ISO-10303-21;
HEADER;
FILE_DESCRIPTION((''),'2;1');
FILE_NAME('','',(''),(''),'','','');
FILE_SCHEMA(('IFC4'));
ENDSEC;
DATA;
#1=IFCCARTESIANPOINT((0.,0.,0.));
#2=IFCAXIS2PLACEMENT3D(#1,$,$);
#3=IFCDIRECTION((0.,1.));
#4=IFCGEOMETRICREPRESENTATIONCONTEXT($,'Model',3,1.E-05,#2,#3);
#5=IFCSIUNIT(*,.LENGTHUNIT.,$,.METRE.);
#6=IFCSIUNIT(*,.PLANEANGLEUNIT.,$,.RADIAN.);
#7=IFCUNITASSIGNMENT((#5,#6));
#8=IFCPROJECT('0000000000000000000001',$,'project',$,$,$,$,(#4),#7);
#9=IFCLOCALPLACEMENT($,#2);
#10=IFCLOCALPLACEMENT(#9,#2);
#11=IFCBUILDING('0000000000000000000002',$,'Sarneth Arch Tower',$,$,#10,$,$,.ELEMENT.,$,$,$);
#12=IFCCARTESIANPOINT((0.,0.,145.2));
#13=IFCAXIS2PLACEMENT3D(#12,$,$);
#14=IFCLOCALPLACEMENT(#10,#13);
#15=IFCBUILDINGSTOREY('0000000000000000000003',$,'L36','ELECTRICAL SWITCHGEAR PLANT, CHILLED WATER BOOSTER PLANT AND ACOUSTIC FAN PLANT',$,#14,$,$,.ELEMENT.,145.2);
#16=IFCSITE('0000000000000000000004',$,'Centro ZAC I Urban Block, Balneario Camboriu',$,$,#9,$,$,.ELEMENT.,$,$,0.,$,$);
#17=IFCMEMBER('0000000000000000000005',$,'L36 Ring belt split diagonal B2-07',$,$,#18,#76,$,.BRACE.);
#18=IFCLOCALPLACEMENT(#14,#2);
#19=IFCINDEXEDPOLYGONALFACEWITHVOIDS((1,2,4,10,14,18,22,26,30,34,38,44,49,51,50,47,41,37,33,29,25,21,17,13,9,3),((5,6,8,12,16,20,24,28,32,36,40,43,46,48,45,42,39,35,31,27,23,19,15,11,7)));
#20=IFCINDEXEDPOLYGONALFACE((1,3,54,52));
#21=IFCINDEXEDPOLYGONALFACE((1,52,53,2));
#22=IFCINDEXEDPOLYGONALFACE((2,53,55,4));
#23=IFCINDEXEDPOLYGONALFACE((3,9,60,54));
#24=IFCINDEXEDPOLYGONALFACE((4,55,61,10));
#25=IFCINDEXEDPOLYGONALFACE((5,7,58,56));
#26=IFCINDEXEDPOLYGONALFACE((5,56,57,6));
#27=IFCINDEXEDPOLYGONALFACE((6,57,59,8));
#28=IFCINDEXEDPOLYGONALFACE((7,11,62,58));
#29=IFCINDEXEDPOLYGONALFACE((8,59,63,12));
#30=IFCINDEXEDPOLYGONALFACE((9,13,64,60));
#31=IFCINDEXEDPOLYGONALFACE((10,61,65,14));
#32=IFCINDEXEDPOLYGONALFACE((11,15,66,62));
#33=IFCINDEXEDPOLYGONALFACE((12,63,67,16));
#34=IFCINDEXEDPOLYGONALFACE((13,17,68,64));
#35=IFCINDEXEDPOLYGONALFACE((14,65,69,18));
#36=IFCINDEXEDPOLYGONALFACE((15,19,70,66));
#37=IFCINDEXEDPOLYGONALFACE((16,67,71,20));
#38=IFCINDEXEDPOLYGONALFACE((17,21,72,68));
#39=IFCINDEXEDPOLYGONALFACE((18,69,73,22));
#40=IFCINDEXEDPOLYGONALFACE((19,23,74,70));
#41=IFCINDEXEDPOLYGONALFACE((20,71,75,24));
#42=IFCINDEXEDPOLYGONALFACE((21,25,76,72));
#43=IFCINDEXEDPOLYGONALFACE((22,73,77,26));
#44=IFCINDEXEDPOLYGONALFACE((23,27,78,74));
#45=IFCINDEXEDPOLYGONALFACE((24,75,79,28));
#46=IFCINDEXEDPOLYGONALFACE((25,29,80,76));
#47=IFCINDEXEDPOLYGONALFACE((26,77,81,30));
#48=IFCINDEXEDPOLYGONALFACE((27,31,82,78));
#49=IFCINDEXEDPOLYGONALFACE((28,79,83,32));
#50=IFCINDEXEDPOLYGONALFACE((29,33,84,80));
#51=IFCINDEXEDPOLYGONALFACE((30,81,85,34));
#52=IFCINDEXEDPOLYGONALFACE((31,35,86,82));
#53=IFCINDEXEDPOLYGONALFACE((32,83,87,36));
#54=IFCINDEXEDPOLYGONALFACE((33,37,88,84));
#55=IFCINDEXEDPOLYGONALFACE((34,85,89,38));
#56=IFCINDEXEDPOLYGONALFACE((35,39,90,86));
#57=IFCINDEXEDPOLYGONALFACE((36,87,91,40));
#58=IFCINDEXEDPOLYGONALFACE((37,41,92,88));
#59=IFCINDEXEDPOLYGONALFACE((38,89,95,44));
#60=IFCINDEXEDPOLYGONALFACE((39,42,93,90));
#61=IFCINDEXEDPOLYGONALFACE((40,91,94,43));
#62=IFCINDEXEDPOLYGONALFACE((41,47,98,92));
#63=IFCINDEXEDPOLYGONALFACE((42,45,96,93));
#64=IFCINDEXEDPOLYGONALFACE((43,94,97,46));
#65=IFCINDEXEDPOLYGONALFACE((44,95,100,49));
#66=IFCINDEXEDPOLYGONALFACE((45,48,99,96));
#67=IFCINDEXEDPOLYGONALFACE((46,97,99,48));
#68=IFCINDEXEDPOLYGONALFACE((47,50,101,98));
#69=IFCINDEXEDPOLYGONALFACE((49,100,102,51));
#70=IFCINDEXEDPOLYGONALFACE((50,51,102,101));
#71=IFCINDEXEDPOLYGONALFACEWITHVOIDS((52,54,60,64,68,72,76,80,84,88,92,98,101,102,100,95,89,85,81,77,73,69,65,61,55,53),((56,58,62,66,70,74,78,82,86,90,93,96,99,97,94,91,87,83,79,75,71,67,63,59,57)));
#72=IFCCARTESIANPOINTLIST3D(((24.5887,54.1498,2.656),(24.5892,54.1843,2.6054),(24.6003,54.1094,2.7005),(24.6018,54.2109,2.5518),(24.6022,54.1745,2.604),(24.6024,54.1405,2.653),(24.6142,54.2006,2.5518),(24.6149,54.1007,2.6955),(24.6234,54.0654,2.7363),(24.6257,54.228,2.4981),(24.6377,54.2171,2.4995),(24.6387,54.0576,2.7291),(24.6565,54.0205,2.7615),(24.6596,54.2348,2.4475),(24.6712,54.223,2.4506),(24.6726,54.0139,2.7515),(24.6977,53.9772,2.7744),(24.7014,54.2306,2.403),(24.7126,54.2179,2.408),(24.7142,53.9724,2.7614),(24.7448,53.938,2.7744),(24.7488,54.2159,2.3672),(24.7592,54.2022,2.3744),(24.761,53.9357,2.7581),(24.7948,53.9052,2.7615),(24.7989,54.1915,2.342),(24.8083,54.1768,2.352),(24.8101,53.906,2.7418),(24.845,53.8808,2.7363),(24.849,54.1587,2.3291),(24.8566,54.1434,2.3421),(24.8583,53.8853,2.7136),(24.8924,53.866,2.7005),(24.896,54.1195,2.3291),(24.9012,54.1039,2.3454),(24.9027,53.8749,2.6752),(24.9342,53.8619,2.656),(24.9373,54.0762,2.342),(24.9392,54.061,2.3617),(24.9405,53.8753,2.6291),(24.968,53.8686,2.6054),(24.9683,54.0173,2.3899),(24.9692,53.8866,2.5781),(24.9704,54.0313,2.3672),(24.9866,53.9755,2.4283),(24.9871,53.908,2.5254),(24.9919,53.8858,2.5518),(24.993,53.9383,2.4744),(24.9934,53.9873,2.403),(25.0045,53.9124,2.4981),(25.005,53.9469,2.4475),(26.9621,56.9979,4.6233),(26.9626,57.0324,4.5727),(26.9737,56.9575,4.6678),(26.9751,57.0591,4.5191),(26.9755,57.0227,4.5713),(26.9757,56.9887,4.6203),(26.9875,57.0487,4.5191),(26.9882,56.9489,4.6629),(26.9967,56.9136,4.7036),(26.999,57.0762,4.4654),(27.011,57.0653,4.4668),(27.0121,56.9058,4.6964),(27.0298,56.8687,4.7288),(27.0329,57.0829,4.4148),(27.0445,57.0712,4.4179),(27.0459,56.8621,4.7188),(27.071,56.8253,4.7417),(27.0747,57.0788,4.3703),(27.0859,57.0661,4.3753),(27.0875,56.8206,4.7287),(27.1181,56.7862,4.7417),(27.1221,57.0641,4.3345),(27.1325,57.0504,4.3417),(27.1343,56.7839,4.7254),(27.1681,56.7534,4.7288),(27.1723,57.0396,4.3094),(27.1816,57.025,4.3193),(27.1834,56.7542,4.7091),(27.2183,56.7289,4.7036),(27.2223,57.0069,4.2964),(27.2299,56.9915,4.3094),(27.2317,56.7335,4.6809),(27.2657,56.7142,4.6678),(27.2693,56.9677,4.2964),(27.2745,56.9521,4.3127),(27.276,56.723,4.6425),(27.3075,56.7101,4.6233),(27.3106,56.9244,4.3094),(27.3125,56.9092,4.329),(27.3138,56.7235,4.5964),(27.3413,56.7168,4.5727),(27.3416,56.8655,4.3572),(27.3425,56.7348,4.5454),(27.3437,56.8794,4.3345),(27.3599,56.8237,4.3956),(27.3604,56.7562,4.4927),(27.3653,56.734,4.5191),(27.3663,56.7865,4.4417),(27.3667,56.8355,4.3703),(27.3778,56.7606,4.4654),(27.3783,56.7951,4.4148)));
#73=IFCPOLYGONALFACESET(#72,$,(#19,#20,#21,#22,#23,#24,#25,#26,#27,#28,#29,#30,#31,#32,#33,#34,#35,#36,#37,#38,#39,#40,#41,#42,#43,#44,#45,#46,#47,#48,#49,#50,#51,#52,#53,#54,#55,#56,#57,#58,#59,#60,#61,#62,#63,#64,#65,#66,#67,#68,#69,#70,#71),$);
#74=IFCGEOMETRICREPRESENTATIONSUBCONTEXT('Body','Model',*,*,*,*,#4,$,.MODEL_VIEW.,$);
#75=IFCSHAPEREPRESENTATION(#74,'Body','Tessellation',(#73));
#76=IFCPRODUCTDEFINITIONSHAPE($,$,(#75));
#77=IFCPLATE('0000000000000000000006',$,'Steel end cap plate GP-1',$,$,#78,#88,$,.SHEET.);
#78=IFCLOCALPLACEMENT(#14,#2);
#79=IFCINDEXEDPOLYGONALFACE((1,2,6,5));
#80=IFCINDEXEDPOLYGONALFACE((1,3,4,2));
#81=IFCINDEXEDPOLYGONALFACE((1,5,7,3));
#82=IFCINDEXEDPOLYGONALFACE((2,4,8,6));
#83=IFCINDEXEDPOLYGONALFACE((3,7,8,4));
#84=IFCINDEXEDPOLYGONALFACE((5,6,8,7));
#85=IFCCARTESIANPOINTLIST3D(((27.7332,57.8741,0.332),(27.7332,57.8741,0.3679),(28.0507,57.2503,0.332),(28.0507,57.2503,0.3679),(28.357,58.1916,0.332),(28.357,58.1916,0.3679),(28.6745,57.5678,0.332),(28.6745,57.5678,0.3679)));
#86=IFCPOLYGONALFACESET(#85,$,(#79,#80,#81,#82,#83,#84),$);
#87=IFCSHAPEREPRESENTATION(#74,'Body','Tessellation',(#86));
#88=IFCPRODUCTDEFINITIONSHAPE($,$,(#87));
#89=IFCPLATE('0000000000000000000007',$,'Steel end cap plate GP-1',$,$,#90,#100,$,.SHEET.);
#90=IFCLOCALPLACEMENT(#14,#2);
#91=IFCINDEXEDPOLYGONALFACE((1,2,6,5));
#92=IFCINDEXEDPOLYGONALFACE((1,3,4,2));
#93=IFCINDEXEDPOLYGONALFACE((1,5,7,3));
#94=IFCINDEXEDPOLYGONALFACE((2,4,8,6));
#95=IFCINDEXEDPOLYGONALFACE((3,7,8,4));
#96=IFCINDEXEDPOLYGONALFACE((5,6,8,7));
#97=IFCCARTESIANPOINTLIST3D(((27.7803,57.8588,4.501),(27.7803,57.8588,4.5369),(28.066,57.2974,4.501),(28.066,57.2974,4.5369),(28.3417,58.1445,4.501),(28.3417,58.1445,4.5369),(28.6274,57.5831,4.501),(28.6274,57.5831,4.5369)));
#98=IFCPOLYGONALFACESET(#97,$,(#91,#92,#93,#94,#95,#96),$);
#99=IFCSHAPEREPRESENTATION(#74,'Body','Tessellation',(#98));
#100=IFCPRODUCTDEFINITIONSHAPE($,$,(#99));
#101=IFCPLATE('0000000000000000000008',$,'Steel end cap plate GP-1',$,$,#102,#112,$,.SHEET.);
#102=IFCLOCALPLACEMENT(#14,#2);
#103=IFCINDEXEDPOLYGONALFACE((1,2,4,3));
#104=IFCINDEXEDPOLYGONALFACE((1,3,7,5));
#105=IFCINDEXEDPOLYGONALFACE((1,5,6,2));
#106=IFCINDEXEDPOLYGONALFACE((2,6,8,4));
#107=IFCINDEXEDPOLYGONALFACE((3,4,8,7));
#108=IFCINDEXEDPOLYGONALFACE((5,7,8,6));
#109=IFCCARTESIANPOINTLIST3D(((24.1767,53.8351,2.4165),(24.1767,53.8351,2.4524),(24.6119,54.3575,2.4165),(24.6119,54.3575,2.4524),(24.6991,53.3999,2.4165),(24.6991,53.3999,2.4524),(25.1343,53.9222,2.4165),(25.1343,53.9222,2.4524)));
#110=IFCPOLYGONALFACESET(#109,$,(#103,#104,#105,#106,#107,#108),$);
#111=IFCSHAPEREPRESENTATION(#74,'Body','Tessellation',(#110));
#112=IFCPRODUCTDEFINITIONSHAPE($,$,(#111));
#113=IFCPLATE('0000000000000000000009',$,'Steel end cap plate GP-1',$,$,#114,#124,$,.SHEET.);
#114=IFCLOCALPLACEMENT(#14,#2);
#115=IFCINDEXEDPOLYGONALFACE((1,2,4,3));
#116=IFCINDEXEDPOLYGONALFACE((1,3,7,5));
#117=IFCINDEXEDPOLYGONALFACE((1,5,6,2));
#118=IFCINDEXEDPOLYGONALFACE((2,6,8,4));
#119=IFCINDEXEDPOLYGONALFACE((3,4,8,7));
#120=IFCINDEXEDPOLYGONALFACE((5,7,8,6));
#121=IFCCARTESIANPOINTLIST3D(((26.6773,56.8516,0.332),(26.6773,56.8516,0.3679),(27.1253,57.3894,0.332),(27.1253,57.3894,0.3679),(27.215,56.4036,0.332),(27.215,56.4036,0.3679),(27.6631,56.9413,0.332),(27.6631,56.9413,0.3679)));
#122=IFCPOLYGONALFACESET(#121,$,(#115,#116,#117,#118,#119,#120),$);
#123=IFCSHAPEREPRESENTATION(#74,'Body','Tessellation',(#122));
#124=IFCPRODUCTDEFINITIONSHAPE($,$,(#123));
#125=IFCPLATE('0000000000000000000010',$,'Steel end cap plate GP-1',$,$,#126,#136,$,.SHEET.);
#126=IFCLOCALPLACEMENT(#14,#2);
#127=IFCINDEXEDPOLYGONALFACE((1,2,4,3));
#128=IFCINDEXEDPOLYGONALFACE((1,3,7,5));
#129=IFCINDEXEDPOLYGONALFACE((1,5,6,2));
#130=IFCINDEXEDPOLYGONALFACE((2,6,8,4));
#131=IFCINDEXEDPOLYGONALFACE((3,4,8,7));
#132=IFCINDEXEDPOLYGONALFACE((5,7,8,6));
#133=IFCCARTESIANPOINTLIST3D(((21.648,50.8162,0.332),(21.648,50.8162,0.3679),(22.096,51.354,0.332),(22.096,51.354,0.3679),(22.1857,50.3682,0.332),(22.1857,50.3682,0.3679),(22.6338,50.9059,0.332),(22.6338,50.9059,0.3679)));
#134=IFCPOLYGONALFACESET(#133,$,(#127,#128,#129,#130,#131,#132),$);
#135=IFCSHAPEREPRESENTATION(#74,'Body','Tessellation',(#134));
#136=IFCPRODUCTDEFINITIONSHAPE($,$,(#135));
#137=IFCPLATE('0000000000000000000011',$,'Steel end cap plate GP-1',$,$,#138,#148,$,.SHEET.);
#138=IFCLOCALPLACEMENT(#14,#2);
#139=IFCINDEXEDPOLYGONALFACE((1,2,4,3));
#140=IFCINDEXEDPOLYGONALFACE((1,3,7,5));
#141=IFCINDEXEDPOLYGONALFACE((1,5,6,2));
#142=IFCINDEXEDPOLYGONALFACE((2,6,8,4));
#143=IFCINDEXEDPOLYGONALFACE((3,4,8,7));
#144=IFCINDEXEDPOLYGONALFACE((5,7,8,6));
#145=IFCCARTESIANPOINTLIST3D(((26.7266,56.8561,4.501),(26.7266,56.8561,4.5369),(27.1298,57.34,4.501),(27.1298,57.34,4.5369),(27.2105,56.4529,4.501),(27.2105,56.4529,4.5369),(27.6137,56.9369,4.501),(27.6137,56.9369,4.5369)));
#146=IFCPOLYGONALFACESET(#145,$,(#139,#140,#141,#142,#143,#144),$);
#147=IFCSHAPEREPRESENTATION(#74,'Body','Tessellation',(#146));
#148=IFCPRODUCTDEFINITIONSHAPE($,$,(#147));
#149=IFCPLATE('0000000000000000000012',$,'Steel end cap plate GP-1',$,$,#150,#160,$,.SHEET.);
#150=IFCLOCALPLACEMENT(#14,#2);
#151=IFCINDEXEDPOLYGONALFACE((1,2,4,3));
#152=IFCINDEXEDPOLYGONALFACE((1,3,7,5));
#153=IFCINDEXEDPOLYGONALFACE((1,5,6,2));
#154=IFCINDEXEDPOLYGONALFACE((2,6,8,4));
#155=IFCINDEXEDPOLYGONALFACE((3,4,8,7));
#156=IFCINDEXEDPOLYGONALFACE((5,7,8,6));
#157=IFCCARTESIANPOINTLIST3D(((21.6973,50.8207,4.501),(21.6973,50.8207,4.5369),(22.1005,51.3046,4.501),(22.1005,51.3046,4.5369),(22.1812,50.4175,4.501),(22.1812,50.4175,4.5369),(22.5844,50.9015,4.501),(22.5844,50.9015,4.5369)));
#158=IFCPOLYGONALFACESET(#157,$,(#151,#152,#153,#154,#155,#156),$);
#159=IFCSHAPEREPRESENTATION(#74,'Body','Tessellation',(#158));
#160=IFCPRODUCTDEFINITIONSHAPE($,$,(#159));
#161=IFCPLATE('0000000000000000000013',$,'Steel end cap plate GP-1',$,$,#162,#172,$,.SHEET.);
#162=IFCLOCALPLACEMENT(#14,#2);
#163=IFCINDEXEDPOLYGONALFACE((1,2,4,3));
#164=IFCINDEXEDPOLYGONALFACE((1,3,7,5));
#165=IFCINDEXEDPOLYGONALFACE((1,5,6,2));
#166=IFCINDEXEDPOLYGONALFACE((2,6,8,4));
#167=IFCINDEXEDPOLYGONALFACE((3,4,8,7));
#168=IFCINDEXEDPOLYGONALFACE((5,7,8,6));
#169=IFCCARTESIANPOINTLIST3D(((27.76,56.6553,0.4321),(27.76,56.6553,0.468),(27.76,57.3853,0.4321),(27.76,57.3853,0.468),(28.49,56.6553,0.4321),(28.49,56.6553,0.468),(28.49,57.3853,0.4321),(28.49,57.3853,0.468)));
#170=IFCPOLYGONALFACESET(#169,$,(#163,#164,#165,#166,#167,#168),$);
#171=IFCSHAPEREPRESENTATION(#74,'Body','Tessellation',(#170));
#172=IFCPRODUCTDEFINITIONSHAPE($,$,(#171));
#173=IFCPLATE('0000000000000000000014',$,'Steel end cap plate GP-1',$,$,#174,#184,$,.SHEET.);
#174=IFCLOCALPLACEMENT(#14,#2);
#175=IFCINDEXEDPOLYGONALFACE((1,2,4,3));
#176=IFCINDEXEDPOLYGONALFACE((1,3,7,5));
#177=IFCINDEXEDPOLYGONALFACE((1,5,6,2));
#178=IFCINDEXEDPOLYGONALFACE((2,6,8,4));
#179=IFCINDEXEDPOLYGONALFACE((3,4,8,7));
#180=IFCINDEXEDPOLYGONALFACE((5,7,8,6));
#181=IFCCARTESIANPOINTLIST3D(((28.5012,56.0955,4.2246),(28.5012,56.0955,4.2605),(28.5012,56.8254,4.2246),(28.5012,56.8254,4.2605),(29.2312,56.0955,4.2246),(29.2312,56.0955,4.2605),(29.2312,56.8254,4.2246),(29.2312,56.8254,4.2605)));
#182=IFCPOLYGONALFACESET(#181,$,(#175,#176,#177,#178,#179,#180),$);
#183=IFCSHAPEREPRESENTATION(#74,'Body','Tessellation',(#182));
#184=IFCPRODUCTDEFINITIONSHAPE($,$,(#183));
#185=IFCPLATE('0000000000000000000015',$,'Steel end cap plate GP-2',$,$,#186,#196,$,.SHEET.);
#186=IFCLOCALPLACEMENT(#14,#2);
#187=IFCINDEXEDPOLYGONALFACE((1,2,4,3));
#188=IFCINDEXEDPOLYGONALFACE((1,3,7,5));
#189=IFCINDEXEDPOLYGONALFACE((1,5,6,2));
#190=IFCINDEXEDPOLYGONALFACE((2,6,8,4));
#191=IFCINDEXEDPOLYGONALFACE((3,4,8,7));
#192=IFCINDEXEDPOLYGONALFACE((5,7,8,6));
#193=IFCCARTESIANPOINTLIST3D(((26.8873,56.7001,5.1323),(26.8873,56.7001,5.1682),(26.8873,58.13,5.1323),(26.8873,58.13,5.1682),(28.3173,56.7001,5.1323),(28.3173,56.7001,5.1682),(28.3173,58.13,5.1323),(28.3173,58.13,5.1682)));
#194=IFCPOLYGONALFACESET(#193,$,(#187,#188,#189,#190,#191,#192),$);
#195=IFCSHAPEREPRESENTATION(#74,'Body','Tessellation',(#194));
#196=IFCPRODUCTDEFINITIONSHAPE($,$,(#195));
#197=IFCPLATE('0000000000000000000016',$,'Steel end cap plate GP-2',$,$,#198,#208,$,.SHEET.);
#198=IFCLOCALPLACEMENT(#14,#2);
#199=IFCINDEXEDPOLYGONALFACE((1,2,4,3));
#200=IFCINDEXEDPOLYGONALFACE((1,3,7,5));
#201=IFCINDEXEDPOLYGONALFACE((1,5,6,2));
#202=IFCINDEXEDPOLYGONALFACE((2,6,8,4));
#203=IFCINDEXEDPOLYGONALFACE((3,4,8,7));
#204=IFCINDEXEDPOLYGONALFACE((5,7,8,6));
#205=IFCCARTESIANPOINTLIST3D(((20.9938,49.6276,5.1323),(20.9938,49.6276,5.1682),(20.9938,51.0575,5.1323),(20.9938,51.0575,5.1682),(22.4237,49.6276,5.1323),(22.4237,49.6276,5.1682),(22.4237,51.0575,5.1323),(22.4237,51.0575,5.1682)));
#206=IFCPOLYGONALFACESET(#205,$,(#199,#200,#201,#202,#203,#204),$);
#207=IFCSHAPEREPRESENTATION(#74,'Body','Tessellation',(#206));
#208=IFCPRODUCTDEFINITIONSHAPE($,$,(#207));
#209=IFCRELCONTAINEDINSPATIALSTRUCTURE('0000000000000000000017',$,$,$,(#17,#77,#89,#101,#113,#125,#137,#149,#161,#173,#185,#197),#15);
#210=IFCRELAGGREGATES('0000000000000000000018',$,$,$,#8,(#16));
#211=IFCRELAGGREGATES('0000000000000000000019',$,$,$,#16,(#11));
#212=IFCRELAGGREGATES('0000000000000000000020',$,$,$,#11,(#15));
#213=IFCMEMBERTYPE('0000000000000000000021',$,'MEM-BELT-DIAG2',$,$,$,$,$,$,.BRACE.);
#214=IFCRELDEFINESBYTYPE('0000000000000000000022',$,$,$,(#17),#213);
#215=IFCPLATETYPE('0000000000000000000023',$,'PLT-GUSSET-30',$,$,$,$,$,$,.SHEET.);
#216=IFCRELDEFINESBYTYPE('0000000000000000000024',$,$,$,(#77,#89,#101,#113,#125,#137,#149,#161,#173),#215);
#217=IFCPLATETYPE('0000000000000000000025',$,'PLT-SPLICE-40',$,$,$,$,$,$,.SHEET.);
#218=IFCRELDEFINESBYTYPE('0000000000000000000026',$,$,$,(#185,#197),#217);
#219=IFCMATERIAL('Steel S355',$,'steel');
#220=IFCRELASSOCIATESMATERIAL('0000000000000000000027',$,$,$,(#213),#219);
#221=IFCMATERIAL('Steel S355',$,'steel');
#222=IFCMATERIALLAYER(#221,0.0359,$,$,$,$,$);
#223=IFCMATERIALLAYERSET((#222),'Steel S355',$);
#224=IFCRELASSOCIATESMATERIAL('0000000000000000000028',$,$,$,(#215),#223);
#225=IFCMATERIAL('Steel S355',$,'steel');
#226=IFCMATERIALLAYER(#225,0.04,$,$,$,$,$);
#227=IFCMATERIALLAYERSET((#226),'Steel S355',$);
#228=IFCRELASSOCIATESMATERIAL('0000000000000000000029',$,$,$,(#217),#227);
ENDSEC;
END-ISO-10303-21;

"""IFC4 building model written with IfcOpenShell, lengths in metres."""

from ifc_helpers import new_model, si_unit, direction, frame, origin, origin_2d, place, context, subcontext, project, spatial, rectangle, hollow_circle, extrude, material, layer, layer_set, material_profile, profile_set, type_object, element, save


model = new_model("IFC4")

# Units and contexts
model_context = context("Model", 3, precision=1e-05, world=origin(), true_north=direction((0.0, 1.0)))
body_context = subcontext(model_context, "Body", "Model", "MODEL_VIEW")
ifc_project = project(units=[si_unit("LENGTHUNIT", "METRE"), si_unit("PLANEANGLEUNIT", "RADIAN")], contexts=[model_context])

# Site, building, storey
site_placement = place(None, origin())
site = spatial("IfcSite", under=ifc_project, at=site_placement, Name="Centro ZAC I Urban Block, Balneario Camboriu", CompositionType="ELEMENT", RefElevation=0.0)
building_placement = place(site_placement, origin())
building = spatial("IfcBuilding", under=site, at=building_placement, Name="Sarneth Arch Tower", CompositionType="ELEMENT")
storey_placement = place(building_placement, frame((0.0, 0.0, 145.2)))
storey = spatial("IfcBuildingStorey", under=building, at=storey_placement, Name="L36", Description="ELECTRICAL SWITCHGEAR PLANT, CHILLED WATER BOOSTER PLANT AND ACOUSTIC FAN PLANT", CompositionType="ELEMENT", Elevation=145.2)

# Member
ifc_material_1 = material(Name="Steel S355", Category="steel")
ifc_material_profile_1 = material_profile(ifc_material_1, hollow_circle(Radius=0.2539, WallThickness=0.0161, at=origin_2d()), Name="CHS508x16")
ifc_profile_set_1 = profile_set([ifc_material_profile_1], Name="Steel S355")
member_type_1 = type_object("IfcMemberType", Name="MEM-BELT-DIAG2", PredefinedType="BRACE", material=ifc_profile_set_1)
member_1_placement = place(storey_placement, frame((24.7969, 54.0483, 2.5518), z_axis=(0.565476, 0.678617, 0.468738), x_axis=(-0.768243, 0.640158, 0.0)))
element("IfcMember", 1, at=member_1_placement, inside=storey, type_object=member_type_1, Name="L36 Ring belt split diagonal B2-07", PredefinedType="BRACE", context=body_context, shape_type="SweptSolid", body=[
    extrude(hollow_circle(Radius=0.2539, WallThickness=0.0161, at=origin_2d()), origin(), (0.0, 0.0, 1.0), 4.197),
])

# Plates
ifc_material_2 = material(Name="Steel S355", Category="steel")
ifc_layer_1 = layer(ifc_material_2, 0.0359)
ifc_layer_set_1 = layer_set([ifc_layer_1], Name="Steel S355")
plate_type_1 = type_object("IfcPlateType", Name="PLT-GUSSET-30", PredefinedType="SHEET", material=ifc_layer_set_1)
plate_1_placement = place(storey_placement, frame((28.2039, 57.7209, 0.332), z_axis=(0.0, 0.0, 1.0), x_axis=(-0.891244, -0.453524, 0.0)))
element("IfcPlate", 2, at=plate_1_placement, inside=storey, type_object=plate_type_1, Name="Steel end cap plate GP-1", PredefinedType="SHEET", context=body_context, shape_type="SweptSolid", body=[
    extrude(rectangle(XDim=0.7, YDim=0.7, at=origin_2d()), origin(), (0.0, 0.0, 1.0), 0.0359),
])
plate_2_placement = place(storey_placement, frame((28.2039, 57.7209, 4.501), z_axis=(0.0, 0.0, 1.0), x_axis=(-0.891244, -0.453524, 0.0)))
element("IfcPlate", 3, at=plate_2_placement, inside=storey, type_object=plate_type_1, Name="Steel end cap plate GP-1", PredefinedType="SHEET", context=body_context, shape_type="SweptSolid", body=[
    extrude(rectangle(XDim=0.6299, YDim=0.6299, at=origin_2d()), origin(), (0.0, 0.0, 1.0), 0.0359),
])
plate_3_placement = place(storey_placement, frame((24.6555, 53.8787, 2.4165), z_axis=(0.0, 0.0, 1.0), x_axis=(-0.64011, -0.768284, 0.0)))
element("IfcPlate", 4, at=plate_3_placement, inside=storey, type_object=plate_type_1, Name="Steel end cap plate GP-1", PredefinedType="SHEET", context=body_context, shape_type="SweptSolid", body=[
    extrude(rectangle(XDim=0.6799, YDim=0.6799, at=origin_2d()), origin(), (0.0, 0.0, 1.0), 0.0359),
])
for number, where, z_axis, x_axis, name in (
    (5, (27.1702, 56.8965, 0.332), (0.0, 0.0, 1.0), (0.64011, 0.768284, 0.0), "Steel end cap plate GP-1"),
    (6, (22.1409, 50.8611, 0.332), (0.0, 0.0, 1.0), (-0.64011, -0.768284, 0.0), "Steel end cap plate GP-1"),
):
    element("IfcPlate", number, at=place(storey_placement, frame(where, z_axis=z_axis, x_axis=x_axis)), inside=storey, type_object=plate_type_1, Name=name, PredefinedType="SHEET", context=body_context, shape_type="SweptSolid", body=[
        extrude(rectangle(XDim=0.7, YDim=0.7, at=origin_2d()), origin(), (0.0, 0.0, 1.0), 0.0359),
    ])
for number, where, z_axis, x_axis, name in (
    (7, (27.1702, 56.8965, 4.501), (0.0, 0.0, 1.0), (0.64011, 0.768284, 0.0), "Steel end cap plate GP-1"),
    (8, (22.1409, 50.8611, 4.501), (0.0, 0.0, 1.0), (-0.64011, -0.768284, 0.0), "Steel end cap plate GP-1"),
):
    element("IfcPlate", number, at=place(storey_placement, frame(where, z_axis=z_axis, x_axis=x_axis)), inside=storey, type_object=plate_type_1, Name=name, PredefinedType="SHEET", context=body_context, shape_type="SweptSolid", body=[
        extrude(rectangle(XDim=0.6299, YDim=0.6299, at=origin_2d()), origin(), (0.0, 0.0, 1.0), 0.0359),
    ])
for number, where, z_axis, x_axis, name in (
    (9, (28.125, 57.0203, 0.4321), (0.0, 0.0, 1.0), (1.0, 0.0, 0.0), "Steel end cap plate GP-1"),
    (10, (28.8662, 56.4604, 4.2246), (0.0, 0.0, 1.0), (1.0, 0.0, 0.0), "Steel end cap plate GP-1"),
):
    element("IfcPlate", number, at=place(storey_placement, frame(where, z_axis=z_axis, x_axis=x_axis)), inside=storey, type_object=plate_type_1, Name=name, PredefinedType="SHEET", context=body_context, shape_type="SweptSolid", body=[
        extrude(rectangle(XDim=0.73, YDim=0.73, at=origin_2d()), origin(), (0.0, 0.0, 1.0), 0.0359),
    ])
ifc_material_3 = material(Name="Steel S355", Category="steel")
ifc_layer_2 = layer(ifc_material_3, 0.04)
ifc_layer_set_2 = layer_set([ifc_layer_2], Name="Steel S355")
plate_type_2 = type_object("IfcPlateType", Name="PLT-SPLICE-40", PredefinedType="SHEET", material=ifc_layer_set_2)
for number, where, z_axis, x_axis, name in (
    (11, (27.6023, 57.415, 5.1323), (0.0, 0.0, 1.0), (1.0, 0.0, 0.0), "Steel end cap plate GP-2"),
    (12, (21.7087, 50.3425, 5.1323), (0.0, 0.0, 1.0), (1.0, 0.0, 0.0), "Steel end cap plate GP-2"),
):
    element("IfcPlate", number, at=place(storey_placement, frame(where, z_axis=z_axis, x_axis=x_axis)), inside=storey, type_object=plate_type_2, Name=name, PredefinedType="SHEET", context=body_context, shape_type="SweptSolid", body=[
        extrude(rectangle(XDim=1.4299, YDim=1.4299, at=origin_2d()), origin(), (0.0, 0.0, 1.0), 0.0359),
    ])

save(model, "model.ifc")
